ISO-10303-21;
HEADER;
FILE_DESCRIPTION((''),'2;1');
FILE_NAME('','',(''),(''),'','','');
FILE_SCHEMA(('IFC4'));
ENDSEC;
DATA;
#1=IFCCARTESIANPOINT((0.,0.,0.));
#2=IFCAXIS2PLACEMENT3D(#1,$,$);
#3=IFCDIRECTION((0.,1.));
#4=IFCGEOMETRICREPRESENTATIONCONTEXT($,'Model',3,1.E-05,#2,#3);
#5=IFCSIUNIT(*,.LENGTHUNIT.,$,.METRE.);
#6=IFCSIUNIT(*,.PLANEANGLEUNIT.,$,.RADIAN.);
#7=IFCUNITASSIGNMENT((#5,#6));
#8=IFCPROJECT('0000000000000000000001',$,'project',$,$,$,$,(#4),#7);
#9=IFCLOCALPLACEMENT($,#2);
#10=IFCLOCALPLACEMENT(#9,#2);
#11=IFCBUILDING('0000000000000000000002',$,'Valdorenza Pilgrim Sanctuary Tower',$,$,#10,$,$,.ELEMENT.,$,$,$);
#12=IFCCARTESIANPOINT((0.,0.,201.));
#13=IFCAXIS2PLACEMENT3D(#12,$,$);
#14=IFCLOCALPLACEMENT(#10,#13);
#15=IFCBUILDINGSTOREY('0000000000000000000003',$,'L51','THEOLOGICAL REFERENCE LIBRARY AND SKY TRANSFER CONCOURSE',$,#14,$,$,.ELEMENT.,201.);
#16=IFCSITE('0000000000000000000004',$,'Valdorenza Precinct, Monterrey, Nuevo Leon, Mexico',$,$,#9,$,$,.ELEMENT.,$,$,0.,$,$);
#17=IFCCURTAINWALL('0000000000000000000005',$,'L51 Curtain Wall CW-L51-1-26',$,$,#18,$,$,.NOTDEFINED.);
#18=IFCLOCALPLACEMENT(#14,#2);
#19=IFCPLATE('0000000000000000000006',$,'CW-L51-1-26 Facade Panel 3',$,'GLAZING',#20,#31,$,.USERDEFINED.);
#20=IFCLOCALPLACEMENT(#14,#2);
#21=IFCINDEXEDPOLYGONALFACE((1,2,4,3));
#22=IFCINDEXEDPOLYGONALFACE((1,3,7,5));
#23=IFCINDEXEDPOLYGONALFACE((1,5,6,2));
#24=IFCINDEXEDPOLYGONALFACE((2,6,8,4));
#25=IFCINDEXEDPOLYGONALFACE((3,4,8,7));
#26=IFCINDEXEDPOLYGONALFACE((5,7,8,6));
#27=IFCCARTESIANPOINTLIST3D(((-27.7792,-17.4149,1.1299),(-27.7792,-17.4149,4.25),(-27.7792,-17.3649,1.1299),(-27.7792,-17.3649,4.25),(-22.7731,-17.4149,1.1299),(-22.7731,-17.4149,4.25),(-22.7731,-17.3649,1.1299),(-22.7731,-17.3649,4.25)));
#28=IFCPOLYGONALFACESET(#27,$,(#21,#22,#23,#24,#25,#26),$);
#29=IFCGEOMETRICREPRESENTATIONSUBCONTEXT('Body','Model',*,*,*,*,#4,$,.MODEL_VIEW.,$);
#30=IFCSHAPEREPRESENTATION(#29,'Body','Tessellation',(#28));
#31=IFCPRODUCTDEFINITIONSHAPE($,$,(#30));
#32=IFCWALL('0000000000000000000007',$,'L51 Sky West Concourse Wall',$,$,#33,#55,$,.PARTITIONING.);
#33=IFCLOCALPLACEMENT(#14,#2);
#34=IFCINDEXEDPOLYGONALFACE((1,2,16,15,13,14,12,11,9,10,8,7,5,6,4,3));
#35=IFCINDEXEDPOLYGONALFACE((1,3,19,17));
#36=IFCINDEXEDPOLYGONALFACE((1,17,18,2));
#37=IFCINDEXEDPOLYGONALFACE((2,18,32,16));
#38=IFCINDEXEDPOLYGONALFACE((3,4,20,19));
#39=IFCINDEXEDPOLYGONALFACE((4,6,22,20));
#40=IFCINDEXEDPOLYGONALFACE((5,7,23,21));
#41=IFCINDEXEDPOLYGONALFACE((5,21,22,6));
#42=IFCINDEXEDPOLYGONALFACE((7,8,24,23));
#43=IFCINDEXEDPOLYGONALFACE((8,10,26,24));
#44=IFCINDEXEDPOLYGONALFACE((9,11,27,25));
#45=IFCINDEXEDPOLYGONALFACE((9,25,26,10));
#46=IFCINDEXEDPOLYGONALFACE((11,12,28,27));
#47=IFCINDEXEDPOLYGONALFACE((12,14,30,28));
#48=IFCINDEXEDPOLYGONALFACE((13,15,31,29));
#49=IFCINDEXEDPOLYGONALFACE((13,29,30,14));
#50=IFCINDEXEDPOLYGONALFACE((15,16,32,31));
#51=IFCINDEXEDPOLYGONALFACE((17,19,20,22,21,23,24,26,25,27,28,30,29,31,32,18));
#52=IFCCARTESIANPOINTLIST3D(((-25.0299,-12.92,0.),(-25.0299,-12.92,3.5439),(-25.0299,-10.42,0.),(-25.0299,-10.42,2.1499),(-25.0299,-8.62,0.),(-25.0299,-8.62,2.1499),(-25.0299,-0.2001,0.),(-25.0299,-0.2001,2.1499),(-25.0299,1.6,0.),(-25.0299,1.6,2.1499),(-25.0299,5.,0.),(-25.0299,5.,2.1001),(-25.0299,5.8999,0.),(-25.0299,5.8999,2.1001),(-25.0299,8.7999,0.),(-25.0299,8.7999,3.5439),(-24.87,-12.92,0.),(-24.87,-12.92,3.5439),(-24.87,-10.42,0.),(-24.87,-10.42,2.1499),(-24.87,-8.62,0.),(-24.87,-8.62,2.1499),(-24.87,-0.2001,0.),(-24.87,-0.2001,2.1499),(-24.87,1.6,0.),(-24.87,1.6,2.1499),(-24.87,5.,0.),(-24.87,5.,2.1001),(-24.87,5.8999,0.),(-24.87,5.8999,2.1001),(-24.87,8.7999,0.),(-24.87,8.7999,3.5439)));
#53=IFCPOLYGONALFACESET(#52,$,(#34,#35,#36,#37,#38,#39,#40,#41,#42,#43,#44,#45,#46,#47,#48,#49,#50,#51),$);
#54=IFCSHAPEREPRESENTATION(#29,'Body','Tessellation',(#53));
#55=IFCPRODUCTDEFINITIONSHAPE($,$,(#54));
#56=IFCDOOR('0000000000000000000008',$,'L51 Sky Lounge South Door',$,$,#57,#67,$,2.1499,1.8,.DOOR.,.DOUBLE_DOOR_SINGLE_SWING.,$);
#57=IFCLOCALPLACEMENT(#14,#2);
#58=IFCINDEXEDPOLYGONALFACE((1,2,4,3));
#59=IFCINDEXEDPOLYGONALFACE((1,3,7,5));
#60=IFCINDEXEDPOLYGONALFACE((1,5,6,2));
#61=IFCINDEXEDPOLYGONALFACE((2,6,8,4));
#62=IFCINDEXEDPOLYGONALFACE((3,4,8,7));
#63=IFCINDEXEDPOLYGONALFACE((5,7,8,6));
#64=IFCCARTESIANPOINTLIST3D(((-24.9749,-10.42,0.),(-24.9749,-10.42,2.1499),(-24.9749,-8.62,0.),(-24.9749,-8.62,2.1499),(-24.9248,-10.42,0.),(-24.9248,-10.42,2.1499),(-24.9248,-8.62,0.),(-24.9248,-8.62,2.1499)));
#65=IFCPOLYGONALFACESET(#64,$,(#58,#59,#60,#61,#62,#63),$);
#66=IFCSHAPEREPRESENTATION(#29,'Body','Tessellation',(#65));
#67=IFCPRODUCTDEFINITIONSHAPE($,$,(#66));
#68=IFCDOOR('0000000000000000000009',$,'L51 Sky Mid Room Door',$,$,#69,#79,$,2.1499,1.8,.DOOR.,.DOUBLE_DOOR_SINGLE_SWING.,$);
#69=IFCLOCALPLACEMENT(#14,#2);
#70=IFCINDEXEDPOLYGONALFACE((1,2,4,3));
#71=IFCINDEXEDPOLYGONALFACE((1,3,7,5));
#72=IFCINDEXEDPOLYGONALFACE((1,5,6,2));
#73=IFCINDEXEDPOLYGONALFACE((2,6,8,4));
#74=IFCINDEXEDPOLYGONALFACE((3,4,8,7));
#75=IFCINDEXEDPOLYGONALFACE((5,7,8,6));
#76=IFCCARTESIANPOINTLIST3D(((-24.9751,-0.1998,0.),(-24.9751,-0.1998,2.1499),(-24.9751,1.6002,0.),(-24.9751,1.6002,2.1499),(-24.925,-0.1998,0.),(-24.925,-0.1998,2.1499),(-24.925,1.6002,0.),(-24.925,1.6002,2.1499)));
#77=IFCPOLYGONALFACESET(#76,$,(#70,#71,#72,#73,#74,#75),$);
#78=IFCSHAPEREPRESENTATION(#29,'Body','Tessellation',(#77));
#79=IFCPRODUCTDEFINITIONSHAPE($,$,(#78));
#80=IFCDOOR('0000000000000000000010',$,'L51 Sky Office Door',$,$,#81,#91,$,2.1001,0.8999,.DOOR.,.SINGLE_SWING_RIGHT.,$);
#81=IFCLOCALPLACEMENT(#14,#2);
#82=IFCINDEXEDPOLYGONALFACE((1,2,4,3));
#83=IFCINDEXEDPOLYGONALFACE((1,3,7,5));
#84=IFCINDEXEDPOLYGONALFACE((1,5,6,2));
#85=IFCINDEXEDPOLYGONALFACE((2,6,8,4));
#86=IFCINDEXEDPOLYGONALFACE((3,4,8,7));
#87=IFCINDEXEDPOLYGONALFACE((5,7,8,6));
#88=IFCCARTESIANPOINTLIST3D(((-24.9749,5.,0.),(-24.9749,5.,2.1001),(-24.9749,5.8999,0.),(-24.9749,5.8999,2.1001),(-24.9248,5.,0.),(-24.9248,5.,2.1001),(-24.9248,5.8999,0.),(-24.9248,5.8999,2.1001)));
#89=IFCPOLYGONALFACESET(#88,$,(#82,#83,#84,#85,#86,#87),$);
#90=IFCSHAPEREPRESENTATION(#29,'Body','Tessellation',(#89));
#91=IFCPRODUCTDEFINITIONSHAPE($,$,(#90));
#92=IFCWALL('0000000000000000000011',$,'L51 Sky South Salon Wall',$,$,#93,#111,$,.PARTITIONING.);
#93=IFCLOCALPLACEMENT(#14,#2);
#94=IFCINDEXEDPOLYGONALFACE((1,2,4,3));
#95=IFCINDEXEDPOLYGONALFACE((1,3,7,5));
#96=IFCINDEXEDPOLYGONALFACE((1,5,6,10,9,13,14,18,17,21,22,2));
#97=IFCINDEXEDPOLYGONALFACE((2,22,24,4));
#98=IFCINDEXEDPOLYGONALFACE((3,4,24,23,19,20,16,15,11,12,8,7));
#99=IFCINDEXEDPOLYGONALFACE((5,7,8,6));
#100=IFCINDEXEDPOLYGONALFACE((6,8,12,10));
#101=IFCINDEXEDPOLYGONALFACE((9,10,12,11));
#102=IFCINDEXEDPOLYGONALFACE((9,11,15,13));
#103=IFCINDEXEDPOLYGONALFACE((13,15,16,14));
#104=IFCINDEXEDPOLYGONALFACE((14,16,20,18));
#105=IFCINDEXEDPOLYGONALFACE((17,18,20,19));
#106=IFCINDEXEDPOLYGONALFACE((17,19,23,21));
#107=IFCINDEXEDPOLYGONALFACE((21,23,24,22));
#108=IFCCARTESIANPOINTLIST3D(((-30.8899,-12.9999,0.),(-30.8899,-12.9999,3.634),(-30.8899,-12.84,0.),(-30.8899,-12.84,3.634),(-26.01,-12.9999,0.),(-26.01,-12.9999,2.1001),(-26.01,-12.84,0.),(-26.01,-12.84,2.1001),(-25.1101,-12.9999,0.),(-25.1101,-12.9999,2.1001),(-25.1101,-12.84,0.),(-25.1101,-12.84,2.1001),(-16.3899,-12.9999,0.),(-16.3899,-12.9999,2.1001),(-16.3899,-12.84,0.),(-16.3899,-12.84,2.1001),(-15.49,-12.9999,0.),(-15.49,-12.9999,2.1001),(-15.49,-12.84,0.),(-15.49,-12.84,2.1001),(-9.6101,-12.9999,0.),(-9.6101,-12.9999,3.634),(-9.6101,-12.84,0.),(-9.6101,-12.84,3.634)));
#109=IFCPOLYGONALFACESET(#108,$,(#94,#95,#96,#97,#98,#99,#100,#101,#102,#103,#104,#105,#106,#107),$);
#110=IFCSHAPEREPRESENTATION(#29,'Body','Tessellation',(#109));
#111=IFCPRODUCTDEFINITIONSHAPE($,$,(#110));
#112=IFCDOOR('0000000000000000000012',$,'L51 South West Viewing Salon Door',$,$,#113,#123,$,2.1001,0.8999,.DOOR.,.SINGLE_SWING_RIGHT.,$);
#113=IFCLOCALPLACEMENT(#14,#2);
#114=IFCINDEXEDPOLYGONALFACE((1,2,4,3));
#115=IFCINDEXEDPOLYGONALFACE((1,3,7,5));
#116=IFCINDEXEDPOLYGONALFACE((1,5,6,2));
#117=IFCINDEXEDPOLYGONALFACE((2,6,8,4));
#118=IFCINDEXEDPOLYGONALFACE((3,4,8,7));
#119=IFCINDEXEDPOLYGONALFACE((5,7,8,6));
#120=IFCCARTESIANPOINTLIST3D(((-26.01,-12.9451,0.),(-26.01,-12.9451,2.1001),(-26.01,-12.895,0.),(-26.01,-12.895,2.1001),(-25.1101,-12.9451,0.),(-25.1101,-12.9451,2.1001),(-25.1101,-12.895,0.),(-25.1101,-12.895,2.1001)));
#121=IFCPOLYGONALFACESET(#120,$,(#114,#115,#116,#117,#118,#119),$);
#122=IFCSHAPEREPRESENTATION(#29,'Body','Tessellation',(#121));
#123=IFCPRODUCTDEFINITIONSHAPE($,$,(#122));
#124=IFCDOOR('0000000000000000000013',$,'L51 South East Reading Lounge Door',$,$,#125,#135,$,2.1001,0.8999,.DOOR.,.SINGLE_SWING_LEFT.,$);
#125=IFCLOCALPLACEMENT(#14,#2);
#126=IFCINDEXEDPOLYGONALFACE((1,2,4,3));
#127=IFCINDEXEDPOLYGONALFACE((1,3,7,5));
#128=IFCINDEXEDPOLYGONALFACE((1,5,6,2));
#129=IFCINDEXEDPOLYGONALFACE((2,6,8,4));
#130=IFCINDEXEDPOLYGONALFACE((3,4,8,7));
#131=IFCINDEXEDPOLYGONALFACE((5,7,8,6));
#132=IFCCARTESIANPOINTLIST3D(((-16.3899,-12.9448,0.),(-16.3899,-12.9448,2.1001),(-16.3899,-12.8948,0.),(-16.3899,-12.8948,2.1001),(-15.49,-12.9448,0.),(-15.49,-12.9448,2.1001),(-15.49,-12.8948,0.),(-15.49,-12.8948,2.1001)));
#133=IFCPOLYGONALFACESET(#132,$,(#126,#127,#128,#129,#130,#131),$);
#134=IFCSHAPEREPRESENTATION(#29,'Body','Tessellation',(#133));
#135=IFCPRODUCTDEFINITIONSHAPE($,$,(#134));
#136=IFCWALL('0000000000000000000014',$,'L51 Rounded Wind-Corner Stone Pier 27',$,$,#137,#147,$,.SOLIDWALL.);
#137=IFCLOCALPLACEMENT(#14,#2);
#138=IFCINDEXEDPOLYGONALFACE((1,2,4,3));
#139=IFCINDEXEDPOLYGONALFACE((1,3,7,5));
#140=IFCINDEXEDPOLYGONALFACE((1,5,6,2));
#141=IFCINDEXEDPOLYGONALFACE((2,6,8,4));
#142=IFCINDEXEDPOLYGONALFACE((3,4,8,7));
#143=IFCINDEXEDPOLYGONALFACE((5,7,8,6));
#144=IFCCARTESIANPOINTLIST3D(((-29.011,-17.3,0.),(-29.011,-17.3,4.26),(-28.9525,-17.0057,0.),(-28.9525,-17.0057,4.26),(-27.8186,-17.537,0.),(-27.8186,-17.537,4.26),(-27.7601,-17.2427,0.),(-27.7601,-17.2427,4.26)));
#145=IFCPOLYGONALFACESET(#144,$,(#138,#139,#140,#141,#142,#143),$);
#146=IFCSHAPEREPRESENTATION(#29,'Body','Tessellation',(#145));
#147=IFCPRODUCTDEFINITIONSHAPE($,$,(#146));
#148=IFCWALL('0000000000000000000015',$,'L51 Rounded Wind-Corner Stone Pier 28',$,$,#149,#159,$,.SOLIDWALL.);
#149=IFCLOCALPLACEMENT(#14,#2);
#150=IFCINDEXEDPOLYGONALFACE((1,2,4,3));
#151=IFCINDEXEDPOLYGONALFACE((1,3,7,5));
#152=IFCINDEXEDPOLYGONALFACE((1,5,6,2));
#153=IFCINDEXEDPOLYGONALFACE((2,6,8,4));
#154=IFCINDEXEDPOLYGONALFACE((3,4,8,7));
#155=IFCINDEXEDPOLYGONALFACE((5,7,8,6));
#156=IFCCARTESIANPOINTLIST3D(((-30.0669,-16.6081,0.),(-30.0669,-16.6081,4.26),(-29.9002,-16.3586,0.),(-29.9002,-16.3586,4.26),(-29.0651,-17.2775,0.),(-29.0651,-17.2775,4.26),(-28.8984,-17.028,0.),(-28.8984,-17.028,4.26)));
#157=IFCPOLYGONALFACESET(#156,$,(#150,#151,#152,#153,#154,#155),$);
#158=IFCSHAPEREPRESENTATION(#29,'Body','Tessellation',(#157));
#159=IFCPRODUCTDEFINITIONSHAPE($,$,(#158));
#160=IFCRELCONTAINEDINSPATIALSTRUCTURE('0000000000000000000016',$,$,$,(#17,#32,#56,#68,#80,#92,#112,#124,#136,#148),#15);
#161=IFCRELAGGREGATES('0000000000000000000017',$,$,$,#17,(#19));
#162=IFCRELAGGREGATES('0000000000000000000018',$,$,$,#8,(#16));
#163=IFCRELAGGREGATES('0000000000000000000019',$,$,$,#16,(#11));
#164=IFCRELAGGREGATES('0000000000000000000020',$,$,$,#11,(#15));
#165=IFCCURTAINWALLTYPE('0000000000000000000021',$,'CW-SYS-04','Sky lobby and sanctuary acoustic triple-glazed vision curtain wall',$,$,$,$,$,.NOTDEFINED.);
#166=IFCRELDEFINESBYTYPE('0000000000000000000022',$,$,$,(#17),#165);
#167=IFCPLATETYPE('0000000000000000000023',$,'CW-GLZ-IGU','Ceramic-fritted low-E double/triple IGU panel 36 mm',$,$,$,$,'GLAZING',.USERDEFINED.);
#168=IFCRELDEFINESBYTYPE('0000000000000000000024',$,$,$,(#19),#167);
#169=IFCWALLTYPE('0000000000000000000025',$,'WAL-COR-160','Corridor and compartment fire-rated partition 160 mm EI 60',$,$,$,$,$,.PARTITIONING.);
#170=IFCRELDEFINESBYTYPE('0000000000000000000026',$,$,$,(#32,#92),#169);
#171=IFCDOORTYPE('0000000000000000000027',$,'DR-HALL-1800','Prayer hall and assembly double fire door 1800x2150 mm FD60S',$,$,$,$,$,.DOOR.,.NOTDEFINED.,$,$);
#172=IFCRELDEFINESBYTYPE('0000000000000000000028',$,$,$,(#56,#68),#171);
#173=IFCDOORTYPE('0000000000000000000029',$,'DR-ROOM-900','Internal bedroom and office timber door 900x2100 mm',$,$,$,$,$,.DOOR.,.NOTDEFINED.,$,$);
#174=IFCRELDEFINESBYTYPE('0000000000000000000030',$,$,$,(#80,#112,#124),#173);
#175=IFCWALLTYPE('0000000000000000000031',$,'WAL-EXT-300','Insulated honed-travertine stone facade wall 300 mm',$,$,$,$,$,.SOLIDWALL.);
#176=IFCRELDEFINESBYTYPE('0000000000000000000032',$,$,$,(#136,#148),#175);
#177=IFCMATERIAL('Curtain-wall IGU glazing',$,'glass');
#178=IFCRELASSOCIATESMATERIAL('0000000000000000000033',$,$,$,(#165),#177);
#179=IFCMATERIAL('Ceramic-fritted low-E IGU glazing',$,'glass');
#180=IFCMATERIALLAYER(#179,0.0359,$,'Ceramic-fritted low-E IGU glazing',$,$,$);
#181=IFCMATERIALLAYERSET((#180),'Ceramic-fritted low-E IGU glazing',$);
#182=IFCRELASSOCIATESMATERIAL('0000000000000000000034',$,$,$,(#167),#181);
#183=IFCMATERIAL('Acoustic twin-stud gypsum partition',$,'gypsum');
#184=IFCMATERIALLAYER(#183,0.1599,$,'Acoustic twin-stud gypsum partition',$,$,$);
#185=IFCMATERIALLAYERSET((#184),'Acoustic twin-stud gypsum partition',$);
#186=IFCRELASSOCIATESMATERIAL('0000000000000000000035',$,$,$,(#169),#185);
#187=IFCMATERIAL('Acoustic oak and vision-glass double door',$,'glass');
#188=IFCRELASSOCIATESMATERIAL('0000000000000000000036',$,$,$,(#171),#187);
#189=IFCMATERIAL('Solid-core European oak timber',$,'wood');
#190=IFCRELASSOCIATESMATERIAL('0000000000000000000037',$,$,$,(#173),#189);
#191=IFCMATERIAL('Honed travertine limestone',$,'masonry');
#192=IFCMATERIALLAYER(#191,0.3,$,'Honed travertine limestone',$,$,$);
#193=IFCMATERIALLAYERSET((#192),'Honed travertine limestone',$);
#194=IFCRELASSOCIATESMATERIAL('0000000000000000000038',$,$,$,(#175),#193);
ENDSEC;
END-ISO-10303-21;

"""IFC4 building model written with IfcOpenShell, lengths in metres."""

from ifc_helpers import new_model, si_unit, direction, frame, frame_2d, origin, origin_2d, place, context, subcontext, project, spatial, rectangle, extrude, source, transform, mapped, material, layer, layer_set, type_object, element, fill, aggregate, save


model = new_model("IFC4")

# Units and contexts
model_context = context("Model", 3, precision=1e-05, world=origin(), true_north=direction((0.0, 1.0)))
body_context = subcontext(model_context, "Body", "Model", "MODEL_VIEW")
ifc_project = project(units=[si_unit("LENGTHUNIT", "METRE"), si_unit("PLANEANGLEUNIT", "RADIAN")], contexts=[model_context])

# Site, building, storey
site_placement = place(None, origin())
site = spatial("IfcSite", under=ifc_project, at=site_placement, Name="Valdorenza Precinct, Monterrey, Nuevo Leon, Mexico", CompositionType="ELEMENT", RefElevation=0.0)
building_placement = place(site_placement, origin())
building = spatial("IfcBuilding", under=site, at=building_placement, Name="Valdorenza Pilgrim Sanctuary Tower", CompositionType="ELEMENT")
storey_placement = place(building_placement, frame((0.0, 0.0, 201.0)))
storey = spatial("IfcBuildingStorey", under=building, at=storey_placement, Name="L51", Description="THEOLOGICAL REFERENCE LIBRARY AND SKY TRANSFER CONCOURSE", CompositionType="ELEMENT", Elevation=201.0)

# Curtain wall
ifc_material_1 = material(Name="Curtain-wall IGU glazing", Category="glass")
curtain_wall_type = type_object("IfcCurtainWallType", Name="CW-SYS-04", Description="Sky lobby and sanctuary acoustic triple-glazed vision curtain wall", PredefinedType="NOTDEFINED", material=ifc_material_1)
curtain_wall_1_placement = place(storey_placement, origin())
curtain_wall_1 = element("IfcCurtainWall", 1, at=curtain_wall_1_placement, inside=storey, type_object=curtain_wall_type, Name="L51 Curtain Wall CW-L51-1-26", PredefinedType="NOTDEFINED")

# Plate
ifc_material_2 = material(Name="Honed travertine limestone", Category="masonry")
ifc_material_3 = material(Name="Ceramic-fritted low-E IGU glazing", Category="glass")
ifc_layer_1 = layer(ifc_material_3, 0.0359, Name="Ceramic-fritted low-E IGU glazing")
ifc_layer_set_1 = layer_set([ifc_layer_1], Name="Ceramic-fritted low-E IGU glazing")
plate_type_1 = type_object("IfcPlateType", Name="CW-GLZ-IGU", Description="Ceramic-fritted low-E double/triple IGU panel 36 mm", ElementType="GLAZING", PredefinedType="USERDEFINED", material=ifc_layer_set_1)
shared_shape_1 = source(origin(), body_context, "Body", "SweptSolid", [
    extrude(rectangle(XDim=5.0061, YDim=0.05, at=origin_2d()), origin(), (0.0, 0.0, 1.0), 3.1201),
])
plate_1_placement = place(storey_placement, frame((-25.2761, -17.3899, 1.1299), z_axis=(0.0, 0.0, 1.0), x_axis=(-1.0, 0.0, 0.0)))
plate_1 = element("IfcPlate", 2, at=plate_1_placement, type_object=plate_type_1, Name="CW-L51-1-26 Facade Panel 3", ObjectType="GLAZING", PredefinedType="USERDEFINED", context=body_context, shape_type="MappedRepresentation", body=[
    mapped(shared_shape_1, transform((0.0, 0.0, 0.0), x_axis=(1.0, 0.0, 0.0), y_axis=(0.0, 1.0, 0.0), z_axis=(0.0, 0.0, 1.0), scale=1.0)),
])
aggregate(curtain_wall_1, [plate_1])

# Walls, openings, doors
ifc_material_4 = material(Name="Acoustic twin-stud gypsum partition", Category="gypsum")
ifc_layer_2 = layer(ifc_material_4, 0.1599, Name="Acoustic twin-stud gypsum partition")
ifc_layer_set_2 = layer_set([ifc_layer_2], Name="Acoustic twin-stud gypsum partition")
wall_type_1 = type_object("IfcWallType", Name="WAL-COR-160", Description="Corridor and compartment fire-rated partition 160 mm EI 60", PredefinedType="PARTITIONING", material=ifc_layer_set_2)
wall_1_placement = place(storey_placement, frame((-24.95, -12.9199, 0.0), z_axis=(0.0, 0.0, 1.0), x_axis=(0.0, 1.0, 0.0)))
wall_1 = element("IfcWall", 3, at=wall_1_placement, inside=storey, type_object=wall_type_1, Name="L51 Sky West Concourse Wall", PredefinedType="PARTITIONING", context=body_context, shape_type="SweptSolid", body=[
    extrude(rectangle(XDim=21.72, YDim=0.1599, at=frame_2d((10.8599, 0.0))), origin(), (0.0, 0.0, 1.0), 3.5439),
])
opening_1_placement = place(wall_1_placement, frame((2.5, 0.0, 0.0)))
opening_1 = element("IfcOpeningElement", 4, at=opening_1_placement, cuts=wall_1, PredefinedType="OPENING", context=body_context, shape_type="SweptSolid", body=[
    extrude(rectangle(XDim=1.8, YDim=2.1499, at=frame_2d((0.8999, 1.075))), frame((0.0, 0.0947, 0.0), z_axis=(0.0, -1.0, 0.0), x_axis=(1.0, 0.0, 0.0)), (0.0, 0.0, 1.0), 0.1897),
])
opening_2_placement = place(wall_1_placement, frame((12.72, 0.0, 0.0)))
opening_2 = element("IfcOpeningElement", 5, at=opening_2_placement, cuts=wall_1, PredefinedType="OPENING", context=body_context, shape_type="SweptSolid", body=[
    extrude(rectangle(XDim=1.8, YDim=2.1499, at=frame_2d((0.8999, 1.075))), frame((0.0, 0.0947, 0.0), z_axis=(0.0, -1.0, 0.0), x_axis=(1.0, 0.0, 0.0)), (0.0, 0.0, 1.0), 0.1897),
])
opening_3_placement = place(wall_1_placement, frame((17.9199, 0.0, 0.0)))
opening_3 = element("IfcOpeningElement", 6, at=opening_3_placement, cuts=wall_1, PredefinedType="OPENING", context=body_context, shape_type="SweptSolid", body=[
    extrude(rectangle(XDim=0.8999, YDim=2.1001, at=frame_2d((0.45, 1.05))), frame((0.0, 0.0947, 0.0), z_axis=(0.0, -1.0, 0.0), x_axis=(1.0, 0.0, 0.0)), (0.0, 0.0, 1.0), 0.1897),
])
ifc_material_5 = material(Name="Acoustic oak and vision-glass double door", Category="glass")
door_type_1 = type_object("IfcDoorType", Name="DR-HALL-1800", Description="Prayer hall and assembly double fire door 1800x2150 mm FD60S", OperationType="NOTDEFINED", PredefinedType="DOOR", material=ifc_material_5)
door_1_placement = place(opening_1_placement, origin())
door_1 = element("IfcDoor", 7, at=door_1_placement, inside=storey, type_object=door_type_1, Name="L51 Sky Lounge South Door", OperationType="DOUBLE_DOOR_SINGLE_SWING", OverallHeight=2.1499, OverallWidth=1.8, PredefinedType="DOOR", context=body_context, shape_type="SweptSolid", body=[
    extrude(rectangle(XDim=1.8, YDim=2.1499, at=frame_2d((0.8999, 1.075))), frame((0.0, 0.0249, 0.0), z_axis=(0.0, -1.0, 0.0), x_axis=(1.0, 0.0, 0.0)), (0.0, 0.0, 1.0), 0.05),
])
fill(opening_1, door_1)
door_2_placement = place(opening_2_placement, frame((1.8, 0.0, 0.0), z_axis=(0.0, 0.0, 1.0), x_axis=(-1.0, 0.0, 0.0)))
door_2 = element("IfcDoor", 8, at=door_2_placement, inside=storey, type_object=door_type_1, Name="L51 Sky Mid Room Door", OperationType="DOUBLE_DOOR_SINGLE_SWING", OverallHeight=2.1499, OverallWidth=1.8, PredefinedType="DOOR", context=body_context, shape_type="SweptSolid", body=[
    extrude(rectangle(XDim=1.8, YDim=2.1499, at=frame_2d((0.8999, 1.075))), frame((0.0, 0.0249, 0.0), z_axis=(0.0, -1.0, 0.0), x_axis=(1.0, 0.0, 0.0)), (0.0, 0.0, 1.0), 0.05),
])
fill(opening_2, door_2)
ifc_material_6 = material(Name="Solid-core European oak timber", Category="wood")
door_type_2 = type_object("IfcDoorType", Name="DR-ROOM-900", Description="Internal bedroom and office timber door 900x2100 mm", OperationType="NOTDEFINED", PredefinedType="DOOR", material=ifc_material_6)
door_3_placement = place(opening_3_placement, origin())
door_3 = element("IfcDoor", 9, at=door_3_placement, inside=storey, type_object=door_type_2, Name="L51 Sky Office Door", OperationType="SINGLE_SWING_RIGHT", OverallHeight=2.1001, OverallWidth=0.8999, PredefinedType="DOOR", context=body_context, shape_type="SweptSolid", body=[
    extrude(rectangle(XDim=0.8999, YDim=2.1001, at=frame_2d((0.45, 1.05))), frame((0.0, 0.0249, 0.0), z_axis=(0.0, -1.0, 0.0), x_axis=(1.0, 0.0, 0.0)), (0.0, 0.0, 1.0), 0.05),
])
fill(opening_3, door_3)
wall_2_placement = place(storey_placement, frame((-30.8899, -12.9199, 0.0), z_axis=(0.0, 0.0, 1.0), x_axis=(1.0, 0.0, 0.0)))
wall_2 = element("IfcWall", 10, at=wall_2_placement, inside=storey, type_object=wall_type_1, Name="L51 Sky South Salon Wall", PredefinedType="PARTITIONING", context=body_context, shape_type="SweptSolid", body=[
    extrude(rectangle(XDim=21.2798, YDim=0.1599, at=frame_2d((10.6399, 0.0))), origin(), (0.0, 0.0, 1.0), 3.634),
])
opening_4_placement = place(wall_2_placement, frame((4.8799, 0.0, 0.0)))
opening_4 = element("IfcOpeningElement", 11, at=opening_4_placement, cuts=wall_2, PredefinedType="OPENING", context=body_context, shape_type="SweptSolid", body=[
    extrude(rectangle(XDim=0.8999, YDim=2.1001, at=frame_2d((0.45, 1.05))), frame((0.0, 0.0947, 0.0), z_axis=(0.0, -1.0, 0.0), x_axis=(1.0, 0.0, 0.0)), (0.0, 0.0, 1.0), 0.1897),
])
opening_5_placement = place(wall_2_placement, frame((14.5, 0.0, 0.0)))
opening_5 = element("IfcOpeningElement", 12, at=opening_5_placement, cuts=wall_2, PredefinedType="OPENING", context=body_context, shape_type="SweptSolid", body=[
    extrude(rectangle(XDim=0.8999, YDim=2.1001, at=frame_2d((0.45, 1.05))), frame((0.0, 0.0947, 0.0), z_axis=(0.0, -1.0, 0.0), x_axis=(1.0, 0.0, 0.0)), (0.0, 0.0, 1.0), 0.1897),
])
door_4_placement = place(opening_4_placement, origin())
door_4 = element("IfcDoor", 13, at=door_4_placement, inside=storey, type_object=door_type_2, Name="L51 South West Viewing Salon Door", OperationType="SINGLE_SWING_RIGHT", OverallHeight=2.1001, OverallWidth=0.8999, PredefinedType="DOOR", context=body_context, shape_type="SweptSolid", body=[
    extrude(rectangle(XDim=0.8999, YDim=2.1001, at=frame_2d((0.45, 1.05))), frame((0.0, 0.0249, 0.0), z_axis=(0.0, -1.0, 0.0), x_axis=(1.0, 0.0, 0.0)), (0.0, 0.0, 1.0), 0.05),
])
fill(opening_4, door_4)
door_5_placement = place(opening_5_placement, frame((0.8999, 0.0, 0.0), z_axis=(0.0, 0.0, 1.0), x_axis=(-1.0, 0.0, 0.0)))
door_5 = element("IfcDoor", 14, at=door_5_placement, inside=storey, type_object=door_type_2, Name="L51 South East Reading Lounge Door", OperationType="SINGLE_SWING_LEFT", OverallHeight=2.1001, OverallWidth=0.8999, PredefinedType="DOOR", context=body_context, shape_type="SweptSolid", body=[
    extrude(rectangle(XDim=0.8999, YDim=2.1001, at=frame_2d((0.45, 1.05))), frame((0.0, 0.0249, 0.0), z_axis=(0.0, -1.0, 0.0), x_axis=(1.0, 0.0, 0.0)), (0.0, 0.0, 1.0), 0.05),
])
fill(opening_5, door_5)

# Walls
ifc_layer_3 = layer(ifc_material_2, 0.3, Name="Honed travertine limestone")
ifc_layer_set_3 = layer_set([ifc_layer_3], Name="Honed travertine limestone")
wall_type_2 = type_object("IfcWallType", Name="WAL-EXT-300", Description="Insulated honed-travertine stone facade wall 300 mm", PredefinedType="SOLIDWALL", material=ifc_layer_set_3)
wall_3_placement = place(storey_placement, frame((-27.7893, -17.3899, 0.0), z_axis=(0.0, 0.0, 1.0), x_axis=(-0.980804, 0.194996, 0.0)))
element("IfcWall", 15, at=wall_3_placement, inside=storey, type_object=wall_type_2, Name="L51 Rounded Wind-Corner Stone Pier 27", PredefinedType="SOLIDWALL", context=body_context, shape_type="SweptSolid", body=[
    extrude(rectangle(XDim=1.2158, YDim=0.3, at=frame_2d((0.6079, 0.0))), origin(), (0.0, 0.0, 1.0), 4.26),
])
for number, where, z_axis, x_axis, name in (
    (16, (-28.9817, -17.1528, 0.0), (0.0, 0.0, 1.0), (-0.831426, 0.555635, 0.0), "L51 Rounded Wind-Corner Stone Pier 28"),
):
    element("IfcWall", number, at=place(storey_placement, frame(where, z_axis=z_axis, x_axis=x_axis)), inside=storey, type_object=wall_type_2, Name=name, PredefinedType="SOLIDWALL", context=body_context, shape_type="SweptSolid", body=[
        extrude(rectangle(XDim=1.2048, YDim=0.3, at=frame_2d((0.6025, 0.0))), origin(), (0.0, 0.0, 1.0), 4.26),
    ])

save(model, "model.ifc")
